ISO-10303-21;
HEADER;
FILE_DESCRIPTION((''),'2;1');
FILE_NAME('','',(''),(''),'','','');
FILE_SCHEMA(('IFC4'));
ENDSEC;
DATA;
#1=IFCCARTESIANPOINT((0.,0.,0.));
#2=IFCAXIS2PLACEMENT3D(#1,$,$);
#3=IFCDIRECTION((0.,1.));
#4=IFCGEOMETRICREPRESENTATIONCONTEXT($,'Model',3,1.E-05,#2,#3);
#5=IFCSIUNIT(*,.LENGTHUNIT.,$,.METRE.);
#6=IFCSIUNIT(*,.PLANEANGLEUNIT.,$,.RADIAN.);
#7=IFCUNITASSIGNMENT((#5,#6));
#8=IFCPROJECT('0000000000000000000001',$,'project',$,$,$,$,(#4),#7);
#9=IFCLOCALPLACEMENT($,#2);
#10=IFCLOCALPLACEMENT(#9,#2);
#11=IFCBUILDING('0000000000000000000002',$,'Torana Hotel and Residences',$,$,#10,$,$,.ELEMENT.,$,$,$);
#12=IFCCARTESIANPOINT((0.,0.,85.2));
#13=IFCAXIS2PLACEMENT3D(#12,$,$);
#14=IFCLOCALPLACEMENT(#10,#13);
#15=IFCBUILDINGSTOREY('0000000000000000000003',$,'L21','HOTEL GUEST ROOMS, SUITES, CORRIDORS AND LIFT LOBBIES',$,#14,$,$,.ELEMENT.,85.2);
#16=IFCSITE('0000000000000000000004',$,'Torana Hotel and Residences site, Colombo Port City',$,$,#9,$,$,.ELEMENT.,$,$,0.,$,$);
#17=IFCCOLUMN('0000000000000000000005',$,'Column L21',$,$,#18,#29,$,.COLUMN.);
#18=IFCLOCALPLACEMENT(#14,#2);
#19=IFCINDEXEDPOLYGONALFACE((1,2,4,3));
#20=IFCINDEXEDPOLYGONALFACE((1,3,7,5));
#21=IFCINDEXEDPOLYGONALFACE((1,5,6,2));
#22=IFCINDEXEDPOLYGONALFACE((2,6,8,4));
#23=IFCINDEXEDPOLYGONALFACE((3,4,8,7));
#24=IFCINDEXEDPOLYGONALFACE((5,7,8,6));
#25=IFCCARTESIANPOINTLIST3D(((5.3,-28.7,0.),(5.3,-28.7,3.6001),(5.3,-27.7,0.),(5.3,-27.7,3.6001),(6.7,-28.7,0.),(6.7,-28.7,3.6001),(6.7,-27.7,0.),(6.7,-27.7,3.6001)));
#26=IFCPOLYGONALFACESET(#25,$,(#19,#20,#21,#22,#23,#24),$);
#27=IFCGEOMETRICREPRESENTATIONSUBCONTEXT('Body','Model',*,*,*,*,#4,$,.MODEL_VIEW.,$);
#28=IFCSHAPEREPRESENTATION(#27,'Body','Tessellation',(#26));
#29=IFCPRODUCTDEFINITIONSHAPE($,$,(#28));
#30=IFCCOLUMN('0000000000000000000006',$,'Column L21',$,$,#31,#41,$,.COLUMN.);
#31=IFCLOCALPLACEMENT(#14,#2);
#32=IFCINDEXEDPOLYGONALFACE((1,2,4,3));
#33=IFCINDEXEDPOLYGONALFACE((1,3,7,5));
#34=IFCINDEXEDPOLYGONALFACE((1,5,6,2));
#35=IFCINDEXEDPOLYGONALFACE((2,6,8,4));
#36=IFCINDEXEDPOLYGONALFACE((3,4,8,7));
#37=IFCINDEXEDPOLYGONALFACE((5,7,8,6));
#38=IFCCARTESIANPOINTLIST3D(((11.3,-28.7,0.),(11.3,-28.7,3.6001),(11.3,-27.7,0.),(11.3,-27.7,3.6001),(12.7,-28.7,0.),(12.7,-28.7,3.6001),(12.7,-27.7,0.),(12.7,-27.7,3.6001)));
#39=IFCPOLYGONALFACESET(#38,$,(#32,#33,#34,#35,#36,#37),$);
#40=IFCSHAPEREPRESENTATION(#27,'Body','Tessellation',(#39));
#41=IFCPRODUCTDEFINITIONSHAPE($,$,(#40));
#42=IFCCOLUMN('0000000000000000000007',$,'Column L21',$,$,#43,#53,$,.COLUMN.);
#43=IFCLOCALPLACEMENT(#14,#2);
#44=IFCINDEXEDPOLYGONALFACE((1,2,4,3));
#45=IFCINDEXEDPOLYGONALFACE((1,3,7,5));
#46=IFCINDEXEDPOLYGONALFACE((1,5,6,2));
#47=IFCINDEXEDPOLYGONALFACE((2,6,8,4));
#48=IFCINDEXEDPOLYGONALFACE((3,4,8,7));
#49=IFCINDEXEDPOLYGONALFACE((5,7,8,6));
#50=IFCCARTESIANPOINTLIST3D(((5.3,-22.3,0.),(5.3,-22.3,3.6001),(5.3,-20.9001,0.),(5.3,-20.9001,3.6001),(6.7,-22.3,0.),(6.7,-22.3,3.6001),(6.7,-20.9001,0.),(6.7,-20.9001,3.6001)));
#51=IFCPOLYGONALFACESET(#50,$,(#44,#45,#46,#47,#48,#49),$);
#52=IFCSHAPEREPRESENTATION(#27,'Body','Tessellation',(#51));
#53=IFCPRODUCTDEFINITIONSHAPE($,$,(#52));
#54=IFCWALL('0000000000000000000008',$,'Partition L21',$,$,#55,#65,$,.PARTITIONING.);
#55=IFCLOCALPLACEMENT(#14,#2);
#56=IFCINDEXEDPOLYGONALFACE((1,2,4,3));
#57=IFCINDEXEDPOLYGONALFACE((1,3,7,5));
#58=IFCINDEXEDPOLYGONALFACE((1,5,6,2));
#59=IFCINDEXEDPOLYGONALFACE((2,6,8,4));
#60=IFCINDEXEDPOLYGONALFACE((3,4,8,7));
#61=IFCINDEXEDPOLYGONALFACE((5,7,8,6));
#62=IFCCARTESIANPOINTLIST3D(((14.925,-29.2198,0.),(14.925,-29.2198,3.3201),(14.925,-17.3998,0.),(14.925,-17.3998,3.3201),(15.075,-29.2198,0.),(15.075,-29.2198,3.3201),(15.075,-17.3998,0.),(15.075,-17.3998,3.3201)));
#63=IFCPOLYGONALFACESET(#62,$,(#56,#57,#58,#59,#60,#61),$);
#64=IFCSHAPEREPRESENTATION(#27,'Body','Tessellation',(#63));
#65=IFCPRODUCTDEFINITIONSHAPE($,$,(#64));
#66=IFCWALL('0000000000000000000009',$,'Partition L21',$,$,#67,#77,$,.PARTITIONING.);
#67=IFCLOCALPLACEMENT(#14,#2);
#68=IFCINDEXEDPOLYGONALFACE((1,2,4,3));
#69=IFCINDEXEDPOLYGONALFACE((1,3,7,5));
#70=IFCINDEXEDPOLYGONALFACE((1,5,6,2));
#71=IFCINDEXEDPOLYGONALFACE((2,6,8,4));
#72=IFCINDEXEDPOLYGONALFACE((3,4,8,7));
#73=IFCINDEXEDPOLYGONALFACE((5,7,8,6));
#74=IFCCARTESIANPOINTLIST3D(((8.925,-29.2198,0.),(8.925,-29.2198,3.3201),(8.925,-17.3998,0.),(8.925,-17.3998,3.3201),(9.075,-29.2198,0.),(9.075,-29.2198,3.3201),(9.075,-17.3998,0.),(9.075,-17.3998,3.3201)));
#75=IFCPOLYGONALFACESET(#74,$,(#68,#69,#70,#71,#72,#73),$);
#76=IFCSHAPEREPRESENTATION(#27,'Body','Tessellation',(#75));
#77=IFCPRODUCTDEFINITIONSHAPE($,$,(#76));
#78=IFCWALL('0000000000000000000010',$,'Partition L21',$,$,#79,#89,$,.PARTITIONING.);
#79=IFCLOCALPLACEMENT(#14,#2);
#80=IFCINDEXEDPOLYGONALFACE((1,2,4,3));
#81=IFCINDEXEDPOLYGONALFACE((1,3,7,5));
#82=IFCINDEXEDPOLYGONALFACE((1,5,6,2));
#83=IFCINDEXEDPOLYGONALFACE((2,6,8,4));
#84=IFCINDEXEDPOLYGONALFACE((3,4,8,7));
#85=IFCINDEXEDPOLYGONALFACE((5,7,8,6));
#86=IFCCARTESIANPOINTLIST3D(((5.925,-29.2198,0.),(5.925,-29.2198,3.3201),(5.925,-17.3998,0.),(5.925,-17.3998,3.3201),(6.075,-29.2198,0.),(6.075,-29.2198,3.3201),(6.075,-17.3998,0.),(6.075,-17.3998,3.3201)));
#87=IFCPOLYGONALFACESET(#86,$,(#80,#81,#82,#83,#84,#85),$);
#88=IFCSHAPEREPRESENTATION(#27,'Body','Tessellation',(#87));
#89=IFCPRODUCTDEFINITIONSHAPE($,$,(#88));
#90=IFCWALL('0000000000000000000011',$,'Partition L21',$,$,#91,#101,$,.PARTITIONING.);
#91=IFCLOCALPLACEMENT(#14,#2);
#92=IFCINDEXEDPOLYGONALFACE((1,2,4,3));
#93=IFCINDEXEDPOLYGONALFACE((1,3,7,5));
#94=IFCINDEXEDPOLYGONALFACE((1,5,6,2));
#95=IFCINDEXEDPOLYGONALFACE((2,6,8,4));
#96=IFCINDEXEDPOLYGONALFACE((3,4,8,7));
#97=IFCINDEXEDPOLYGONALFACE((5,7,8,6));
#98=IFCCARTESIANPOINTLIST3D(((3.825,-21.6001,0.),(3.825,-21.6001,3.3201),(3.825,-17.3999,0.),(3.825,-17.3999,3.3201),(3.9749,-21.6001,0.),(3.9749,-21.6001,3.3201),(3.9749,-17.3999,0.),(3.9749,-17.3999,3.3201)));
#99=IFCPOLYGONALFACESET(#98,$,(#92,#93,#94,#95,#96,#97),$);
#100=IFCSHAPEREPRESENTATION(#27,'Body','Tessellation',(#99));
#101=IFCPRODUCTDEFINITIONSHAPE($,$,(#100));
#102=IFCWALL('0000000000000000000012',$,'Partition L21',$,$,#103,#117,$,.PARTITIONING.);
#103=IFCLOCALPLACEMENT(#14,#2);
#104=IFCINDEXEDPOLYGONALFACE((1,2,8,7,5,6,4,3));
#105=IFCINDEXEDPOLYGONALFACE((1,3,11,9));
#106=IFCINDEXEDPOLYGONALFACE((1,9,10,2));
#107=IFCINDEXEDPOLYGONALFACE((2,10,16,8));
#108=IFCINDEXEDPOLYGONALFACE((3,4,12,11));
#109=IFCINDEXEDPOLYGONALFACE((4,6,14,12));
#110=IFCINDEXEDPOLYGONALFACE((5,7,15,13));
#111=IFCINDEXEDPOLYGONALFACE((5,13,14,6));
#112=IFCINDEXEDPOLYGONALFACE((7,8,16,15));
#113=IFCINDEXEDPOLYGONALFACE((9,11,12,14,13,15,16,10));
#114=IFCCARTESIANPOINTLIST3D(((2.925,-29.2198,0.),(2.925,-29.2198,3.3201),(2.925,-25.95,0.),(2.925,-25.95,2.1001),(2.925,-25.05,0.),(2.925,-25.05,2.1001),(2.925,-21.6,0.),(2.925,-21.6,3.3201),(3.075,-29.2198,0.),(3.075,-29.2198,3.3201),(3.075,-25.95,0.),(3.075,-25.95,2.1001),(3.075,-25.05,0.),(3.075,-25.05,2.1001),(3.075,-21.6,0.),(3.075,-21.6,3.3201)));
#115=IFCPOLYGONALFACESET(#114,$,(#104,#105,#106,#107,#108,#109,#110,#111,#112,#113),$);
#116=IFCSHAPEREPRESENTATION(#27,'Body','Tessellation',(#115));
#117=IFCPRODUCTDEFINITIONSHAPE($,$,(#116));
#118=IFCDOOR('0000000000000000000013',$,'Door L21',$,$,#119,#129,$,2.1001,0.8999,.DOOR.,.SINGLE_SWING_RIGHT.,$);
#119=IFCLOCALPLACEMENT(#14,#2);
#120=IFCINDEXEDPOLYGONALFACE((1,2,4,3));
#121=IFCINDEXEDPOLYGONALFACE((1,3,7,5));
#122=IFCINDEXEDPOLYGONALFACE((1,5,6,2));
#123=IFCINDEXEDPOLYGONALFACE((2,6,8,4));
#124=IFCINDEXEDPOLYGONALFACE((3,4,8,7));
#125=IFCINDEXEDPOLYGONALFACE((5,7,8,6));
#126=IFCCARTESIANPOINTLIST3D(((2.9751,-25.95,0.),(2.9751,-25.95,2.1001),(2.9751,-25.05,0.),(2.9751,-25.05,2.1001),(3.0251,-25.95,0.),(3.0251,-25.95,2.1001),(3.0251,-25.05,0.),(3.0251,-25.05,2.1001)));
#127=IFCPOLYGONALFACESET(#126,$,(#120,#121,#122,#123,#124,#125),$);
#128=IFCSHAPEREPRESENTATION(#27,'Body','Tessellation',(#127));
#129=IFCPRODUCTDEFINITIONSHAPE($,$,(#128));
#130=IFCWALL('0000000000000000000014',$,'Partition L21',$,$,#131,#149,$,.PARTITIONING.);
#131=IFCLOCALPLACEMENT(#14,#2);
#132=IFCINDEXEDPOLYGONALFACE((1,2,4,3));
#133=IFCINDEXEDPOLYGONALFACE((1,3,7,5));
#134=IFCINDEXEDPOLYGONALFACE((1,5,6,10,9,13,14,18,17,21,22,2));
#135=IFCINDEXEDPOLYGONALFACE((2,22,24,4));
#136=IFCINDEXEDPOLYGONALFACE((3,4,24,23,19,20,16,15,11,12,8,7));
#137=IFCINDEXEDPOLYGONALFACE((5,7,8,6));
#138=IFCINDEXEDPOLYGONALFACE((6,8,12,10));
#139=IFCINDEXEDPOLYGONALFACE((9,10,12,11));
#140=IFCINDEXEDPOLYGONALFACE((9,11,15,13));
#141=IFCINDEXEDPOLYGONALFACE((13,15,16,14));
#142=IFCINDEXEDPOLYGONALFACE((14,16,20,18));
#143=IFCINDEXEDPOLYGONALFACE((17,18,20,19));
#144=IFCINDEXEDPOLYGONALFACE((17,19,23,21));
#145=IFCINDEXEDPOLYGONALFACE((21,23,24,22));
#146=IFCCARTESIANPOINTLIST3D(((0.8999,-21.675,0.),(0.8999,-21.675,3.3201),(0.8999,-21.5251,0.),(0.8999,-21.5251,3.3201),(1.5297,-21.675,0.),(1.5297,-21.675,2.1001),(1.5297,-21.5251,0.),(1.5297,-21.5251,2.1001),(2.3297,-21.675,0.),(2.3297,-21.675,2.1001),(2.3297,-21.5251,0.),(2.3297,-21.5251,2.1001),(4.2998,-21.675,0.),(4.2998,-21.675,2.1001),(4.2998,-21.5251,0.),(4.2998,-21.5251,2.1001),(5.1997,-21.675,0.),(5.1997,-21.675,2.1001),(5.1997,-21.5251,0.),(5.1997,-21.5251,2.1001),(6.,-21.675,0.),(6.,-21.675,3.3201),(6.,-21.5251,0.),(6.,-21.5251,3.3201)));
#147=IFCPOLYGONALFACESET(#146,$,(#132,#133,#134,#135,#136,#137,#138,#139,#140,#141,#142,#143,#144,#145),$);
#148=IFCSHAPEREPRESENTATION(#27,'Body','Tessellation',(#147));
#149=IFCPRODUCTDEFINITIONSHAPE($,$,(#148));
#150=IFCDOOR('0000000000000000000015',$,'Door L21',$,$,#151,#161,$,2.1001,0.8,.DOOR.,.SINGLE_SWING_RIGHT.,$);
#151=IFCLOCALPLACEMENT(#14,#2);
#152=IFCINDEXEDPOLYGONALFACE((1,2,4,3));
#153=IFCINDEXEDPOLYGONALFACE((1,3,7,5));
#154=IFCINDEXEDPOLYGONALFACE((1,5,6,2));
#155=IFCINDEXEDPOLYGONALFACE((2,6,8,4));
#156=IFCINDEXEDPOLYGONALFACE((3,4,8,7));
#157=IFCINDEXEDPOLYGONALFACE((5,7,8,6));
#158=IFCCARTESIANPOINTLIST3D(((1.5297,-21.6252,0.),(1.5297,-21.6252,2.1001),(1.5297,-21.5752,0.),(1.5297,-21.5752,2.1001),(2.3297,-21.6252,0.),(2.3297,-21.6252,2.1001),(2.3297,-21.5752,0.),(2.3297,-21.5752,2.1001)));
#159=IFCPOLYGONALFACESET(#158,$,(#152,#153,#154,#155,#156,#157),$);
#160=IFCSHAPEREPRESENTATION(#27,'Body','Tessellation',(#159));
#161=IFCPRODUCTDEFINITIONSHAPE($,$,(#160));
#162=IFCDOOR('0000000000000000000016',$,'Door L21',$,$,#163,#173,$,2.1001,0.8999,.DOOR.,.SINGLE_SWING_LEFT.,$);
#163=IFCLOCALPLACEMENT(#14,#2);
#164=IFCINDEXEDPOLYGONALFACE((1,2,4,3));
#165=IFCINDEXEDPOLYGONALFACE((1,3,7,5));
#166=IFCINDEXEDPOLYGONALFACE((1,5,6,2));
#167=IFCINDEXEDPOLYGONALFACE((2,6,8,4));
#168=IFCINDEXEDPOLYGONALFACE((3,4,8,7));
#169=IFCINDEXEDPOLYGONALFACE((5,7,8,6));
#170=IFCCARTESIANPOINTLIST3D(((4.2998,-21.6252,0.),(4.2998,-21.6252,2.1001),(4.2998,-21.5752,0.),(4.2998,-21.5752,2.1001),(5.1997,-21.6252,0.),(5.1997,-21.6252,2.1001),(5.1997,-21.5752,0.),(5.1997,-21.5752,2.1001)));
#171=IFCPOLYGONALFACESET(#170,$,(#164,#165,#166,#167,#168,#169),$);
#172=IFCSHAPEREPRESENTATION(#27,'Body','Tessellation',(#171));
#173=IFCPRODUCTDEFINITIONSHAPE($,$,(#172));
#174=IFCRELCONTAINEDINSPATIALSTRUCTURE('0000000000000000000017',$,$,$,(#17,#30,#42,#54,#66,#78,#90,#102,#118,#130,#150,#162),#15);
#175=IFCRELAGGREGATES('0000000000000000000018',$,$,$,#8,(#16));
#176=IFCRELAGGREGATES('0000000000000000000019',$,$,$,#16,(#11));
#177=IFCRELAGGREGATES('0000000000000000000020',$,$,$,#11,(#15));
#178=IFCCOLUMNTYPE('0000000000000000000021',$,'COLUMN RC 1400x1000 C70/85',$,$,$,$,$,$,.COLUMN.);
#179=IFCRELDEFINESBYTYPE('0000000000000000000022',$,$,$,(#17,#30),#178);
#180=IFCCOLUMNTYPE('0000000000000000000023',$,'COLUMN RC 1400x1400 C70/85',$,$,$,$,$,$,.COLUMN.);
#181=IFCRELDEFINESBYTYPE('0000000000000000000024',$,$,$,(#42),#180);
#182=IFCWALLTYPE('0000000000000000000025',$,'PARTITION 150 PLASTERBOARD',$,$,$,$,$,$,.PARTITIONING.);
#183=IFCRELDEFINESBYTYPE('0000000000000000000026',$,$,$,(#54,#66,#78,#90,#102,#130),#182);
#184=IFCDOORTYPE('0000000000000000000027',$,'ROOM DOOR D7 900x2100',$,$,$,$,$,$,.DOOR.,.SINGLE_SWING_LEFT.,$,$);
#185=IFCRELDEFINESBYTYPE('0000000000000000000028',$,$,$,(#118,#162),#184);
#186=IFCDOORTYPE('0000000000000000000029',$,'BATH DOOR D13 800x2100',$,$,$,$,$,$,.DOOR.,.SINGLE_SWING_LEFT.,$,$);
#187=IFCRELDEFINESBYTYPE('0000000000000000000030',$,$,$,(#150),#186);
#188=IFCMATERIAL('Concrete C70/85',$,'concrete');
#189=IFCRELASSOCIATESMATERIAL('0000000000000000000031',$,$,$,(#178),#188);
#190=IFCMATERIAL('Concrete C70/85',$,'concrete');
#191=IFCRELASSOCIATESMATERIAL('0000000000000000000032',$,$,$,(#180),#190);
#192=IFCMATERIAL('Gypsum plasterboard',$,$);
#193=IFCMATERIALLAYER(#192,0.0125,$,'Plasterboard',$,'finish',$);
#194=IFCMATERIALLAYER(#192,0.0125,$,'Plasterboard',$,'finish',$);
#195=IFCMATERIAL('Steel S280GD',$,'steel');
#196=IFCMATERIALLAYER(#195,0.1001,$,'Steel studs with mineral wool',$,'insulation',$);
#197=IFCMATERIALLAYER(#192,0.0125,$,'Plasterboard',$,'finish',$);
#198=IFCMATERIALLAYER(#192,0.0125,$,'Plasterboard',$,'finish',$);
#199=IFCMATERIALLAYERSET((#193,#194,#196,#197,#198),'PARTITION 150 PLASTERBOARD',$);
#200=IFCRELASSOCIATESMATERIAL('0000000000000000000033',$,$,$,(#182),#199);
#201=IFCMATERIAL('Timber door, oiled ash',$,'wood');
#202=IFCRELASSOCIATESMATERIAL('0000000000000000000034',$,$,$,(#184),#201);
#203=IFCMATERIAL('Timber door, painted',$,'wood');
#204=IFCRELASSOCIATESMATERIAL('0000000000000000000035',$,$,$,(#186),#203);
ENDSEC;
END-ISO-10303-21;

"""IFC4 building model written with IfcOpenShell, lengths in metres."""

from ifc_helpers import new_model, si_unit, direction, frame, frame_2d, origin, origin_2d, place, context, subcontext, project, spatial, rectangle, extrude, material, layer, layer_set, material_profile, profile_set, type_object, element, fill, save


model = new_model("IFC4")

# Units and contexts
model_context = context("Model", 3, precision=1e-05, world=origin(), true_north=direction((0.0, 1.0)))
body_context = subcontext(model_context, "Body", "Model", "MODEL_VIEW")
ifc_project = project(units=[si_unit("LENGTHUNIT", "METRE"), si_unit("PLANEANGLEUNIT", "RADIAN")], contexts=[model_context])

# Site, building, storey
site_placement = place(None, origin())
site = spatial("IfcSite", under=ifc_project, at=site_placement, Name="Torana Hotel and Residences site, Colombo Port City", CompositionType="ELEMENT", RefElevation=0.0)
building_placement = place(site_placement, origin())
building = spatial("IfcBuilding", under=site, at=building_placement, Name="Torana Hotel and Residences", CompositionType="ELEMENT")
storey_placement = place(building_placement, frame((0.0, 0.0, 85.2)))
storey = spatial("IfcBuildingStorey", under=building, at=storey_placement, Name="L21", Description="HOTEL GUEST ROOMS, SUITES, CORRIDORS AND LIFT LOBBIES", CompositionType="ELEMENT", Elevation=85.2)

# Columns
ifc_material_1 = material(Name="Concrete C70/85", Category="concrete")
ifc_material_profile_1 = material_profile(ifc_material_1, rectangle(XDim=1.3999, YDim=1.0, at=origin_2d()), Name="RC 1400x1000")
ifc_profile_set_1 = profile_set([ifc_material_profile_1], Name="Concrete C70/85")
column_type_1 = type_object("IfcColumnType", Name="COLUMN RC 1400x1000 C70/85", PredefinedType="COLUMN", material=ifc_profile_set_1)
for number, where, z_axis, x_axis, name in (
    (1, (6.0, -28.2, 0.0), (0.0, 0.0, 1.0), (1.0, 0.0, 0.0), "Column L21"),
    (2, (12.0, -28.2, 0.0), (0.0, 0.0, 1.0), (1.0, 0.0, 0.0), "Column L21"),
):
    element("IfcColumn", number, at=place(storey_placement, frame(where, z_axis=z_axis, x_axis=x_axis)), inside=storey, type_object=column_type_1, Name=name, PredefinedType="COLUMN", context=body_context, shape_type="SweptSolid", body=[
        extrude(rectangle(XDim=1.3999, YDim=1.0, at=origin_2d()), origin(), (0.0, 0.0, 1.0), 3.6001),
    ])
ifc_material_2 = material(Name="Concrete C70/85", Category="concrete")
ifc_material_profile_2 = material_profile(ifc_material_2, rectangle(XDim=1.3999, YDim=1.3999, at=origin_2d()), Name="RC 1400x1400")
ifc_profile_set_2 = profile_set([ifc_material_profile_2], Name="Concrete C70/85")
column_type_2 = type_object("IfcColumnType", Name="COLUMN RC 1400x1400 C70/85", PredefinedType="COLUMN", material=ifc_profile_set_2)
column_placement = place(storey_placement, frame((6.0, -21.6001, 0.0), z_axis=(0.0, 0.0, 1.0), x_axis=(1.0, 0.0, 0.0)))
element("IfcColumn", 3, at=column_placement, inside=storey, type_object=column_type_2, Name="Column L21", PredefinedType="COLUMN", context=body_context, shape_type="SweptSolid", body=[
    extrude(rectangle(XDim=1.3999, YDim=1.3999, at=origin_2d()), origin(), (0.0, 0.0, 1.0), 3.6001),
])

# Walls
ifc_material_3 = material(Name="Gypsum plasterboard")
ifc_layer_1 = layer(ifc_material_3, 0.0125, Name="Plasterboard", Category="finish")
ifc_layer_2 = layer(ifc_material_3, 0.0125, Name="Plasterboard", Category="finish")
ifc_material_4 = material(Name="Steel S280GD", Category="steel")
ifc_layer_3 = layer(ifc_material_4, 0.1001, Name="Steel studs with mineral wool", Category="insulation")
ifc_layer_4 = layer(ifc_material_3, 0.0125, Name="Plasterboard", Category="finish")
ifc_layer_5 = layer(ifc_material_3, 0.0125, Name="Plasterboard", Category="finish")
ifc_layer_set_1 = layer_set([ifc_layer_1, ifc_layer_2, ifc_layer_3, ifc_layer_4, ifc_layer_5], Name="PARTITION 150 PLASTERBOARD")
wall_type_1 = type_object("IfcWallType", Name="PARTITION 150 PLASTERBOARD", PredefinedType="PARTITIONING", material=ifc_layer_set_1)
for number, where, z_axis, x_axis, name in (
    (4, (15.0, -29.22, 0.0), (0.0, 0.0, 1.0), (0.0, 1.0, 0.0), "Partition L21"),
    (5, (9.0, -29.22, 0.0), (0.0, 0.0, 1.0), (0.0, 1.0, 0.0), "Partition L21"),
    (6, (6.0, -29.22, 0.0), (0.0, 0.0, 1.0), (0.0, 1.0, 0.0), "Partition L21"),
):
    element("IfcWall", number, at=place(storey_placement, frame(where, z_axis=z_axis, x_axis=x_axis)), inside=storey, type_object=wall_type_1, Name=name, PredefinedType="PARTITIONING", context=body_context, shape_type="SweptSolid", body=[
        extrude(rectangle(XDim=11.8201, YDim=0.1499, at=frame_2d((5.9102, 0.0))), origin(), (0.0, 0.0, 1.0), 3.3201),
    ])
wall_1_placement = place(storey_placement, frame((3.8999, -21.6001, 0.0), z_axis=(0.0, 0.0, 1.0), x_axis=(0.0, 1.0, 0.0)))
element("IfcWall", 7, at=wall_1_placement, inside=storey, type_object=wall_type_1, Name="Partition L21", PredefinedType="PARTITIONING", context=body_context, shape_type="SweptSolid", body=[
    extrude(rectangle(XDim=4.2002, YDim=0.1499, at=frame_2d((2.1001, 0.0))), origin(), (0.0, 0.0, 1.0), 3.3201),
])

# Wall, opening, door
wall_2_placement = place(storey_placement, frame((3.0, -29.22, 0.0), z_axis=(0.0, 0.0, 1.0), x_axis=(0.0, 1.0, 0.0)))
wall_2 = element("IfcWall", 8, at=wall_2_placement, inside=storey, type_object=wall_type_1, Name="Partition L21", PredefinedType="PARTITIONING", context=body_context, shape_type="SweptSolid", body=[
    extrude(rectangle(XDim=7.6199, YDim=0.1499, at=frame_2d((3.8101, 0.0))), origin(), (0.0, 0.0, 1.0), 3.3201),
])
opening_1_placement = place(wall_2_placement, frame((3.27, 0.0, 0.0)))
opening_1 = element("IfcOpeningElement", 9, at=opening_1_placement, cuts=wall_2, PredefinedType="OPENING", context=body_context, shape_type="SweptSolid", body=[
    extrude(rectangle(XDim=0.8999, YDim=2.1001, at=frame_2d((0.45, 1.05))), frame((0.0, 0.085, 0.0), z_axis=(0.0, -1.0, 0.0), x_axis=(1.0, 0.0, 0.0)), (0.0, 0.0, 1.0), 0.1699),
])
ifc_material_5 = material(Name="Timber door, oiled ash", Category="wood")
door_type_1 = type_object("IfcDoorType", Name="ROOM DOOR D7 900x2100", OperationType="SINGLE_SWING_LEFT", PredefinedType="DOOR", material=ifc_material_5)
door_1_placement = place(opening_1_placement, origin())
door_1 = element("IfcDoor", 10, at=door_1_placement, inside=storey, type_object=door_type_1, Name="Door L21", OperationType="SINGLE_SWING_RIGHT", OverallHeight=2.1001, OverallWidth=0.8999, PredefinedType="DOOR", context=body_context, shape_type="SweptSolid", body=[
    extrude(rectangle(XDim=0.8999, YDim=2.1001, at=frame_2d((0.45, 1.05))), frame((0.0, 0.0249, 0.0), z_axis=(0.0, -1.0, 0.0), x_axis=(1.0, 0.0, 0.0)), (0.0, 0.0, 1.0), 0.05),
])
fill(opening_1, door_1)

# Wall, openings, doors
wall_3_placement = place(storey_placement, frame((0.8999, -21.6001, 0.0), z_axis=(0.0, 0.0, 1.0), x_axis=(1.0, 0.0, 0.0)))
wall_3 = element("IfcWall", 11, at=wall_3_placement, inside=storey, type_object=wall_type_1, Name="Partition L21", PredefinedType="PARTITIONING", context=body_context, shape_type="SweptSolid", body=[
    extrude(rectangle(XDim=5.1001, YDim=0.1499, at=frame_2d((2.55, 0.0))), origin(), (0.0, 0.0, 1.0), 3.3201),
])
opening_2_placement = place(wall_3_placement, frame((0.6299, 0.0, 0.0)))
opening_2 = element("IfcOpeningElement", 12, at=opening_2_placement, cuts=wall_3, PredefinedType="OPENING", context=body_context, shape_type="SweptSolid", body=[
    extrude(rectangle(XDim=0.8, YDim=2.1001, at=frame_2d((0.3999, 1.05))), frame((0.0, 0.085, 0.0), z_axis=(0.0, -1.0, 0.0), x_axis=(1.0, 0.0, 0.0)), (0.0, 0.0, 1.0), 0.1699),
])
opening_3_placement = place(wall_3_placement, frame((3.3999, 0.0, 0.0)))
opening_3 = element("IfcOpeningElement", 13, at=opening_3_placement, cuts=wall_3, PredefinedType="OPENING", context=body_context, shape_type="SweptSolid", body=[
    extrude(rectangle(XDim=0.8999, YDim=2.1001, at=frame_2d((0.45, 1.05))), frame((0.0, 0.085, 0.0), z_axis=(0.0, -1.0, 0.0), x_axis=(1.0, 0.0, 0.0)), (0.0, 0.0, 1.0), 0.1699),
])
ifc_material_6 = material(Name="Timber door, painted", Category="wood")
door_type_2 = type_object("IfcDoorType", Name="BATH DOOR D13 800x2100", OperationType="SINGLE_SWING_LEFT", PredefinedType="DOOR", material=ifc_material_6)
door_2_placement = place(opening_2_placement, origin())
door_2 = element("IfcDoor", 14, at=door_2_placement, inside=storey, type_object=door_type_2, Name="Door L21", OperationType="SINGLE_SWING_RIGHT", OverallHeight=2.1001, OverallWidth=0.8, PredefinedType="DOOR", context=body_context, shape_type="SweptSolid", body=[
    extrude(rectangle(XDim=0.8, YDim=2.1001, at=frame_2d((0.3999, 1.05))), frame((0.0, 0.0249, 0.0), z_axis=(0.0, -1.0, 0.0), x_axis=(1.0, 0.0, 0.0)), (0.0, 0.0, 1.0), 0.05),
])
fill(opening_2, door_2)
door_3_placement = place(opening_3_placement, origin())
door_3 = element("IfcDoor", 15, at=door_3_placement, inside=storey, type_object=door_type_1, Name="Door L21", OperationType="SINGLE_SWING_LEFT", OverallHeight=2.1001, OverallWidth=0.8999, PredefinedType="DOOR", context=body_context, shape_type="SweptSolid", body=[
    extrude(rectangle(XDim=0.8999, YDim=2.1001, at=frame_2d((0.45, 1.05))), frame((0.0, 0.0249, 0.0), z_axis=(0.0, -1.0, 0.0), x_axis=(1.0, 0.0, 0.0)), (0.0, 0.0, 1.0), 0.05),
])
fill(opening_3, door_3)

save(model, "model.ifc")
